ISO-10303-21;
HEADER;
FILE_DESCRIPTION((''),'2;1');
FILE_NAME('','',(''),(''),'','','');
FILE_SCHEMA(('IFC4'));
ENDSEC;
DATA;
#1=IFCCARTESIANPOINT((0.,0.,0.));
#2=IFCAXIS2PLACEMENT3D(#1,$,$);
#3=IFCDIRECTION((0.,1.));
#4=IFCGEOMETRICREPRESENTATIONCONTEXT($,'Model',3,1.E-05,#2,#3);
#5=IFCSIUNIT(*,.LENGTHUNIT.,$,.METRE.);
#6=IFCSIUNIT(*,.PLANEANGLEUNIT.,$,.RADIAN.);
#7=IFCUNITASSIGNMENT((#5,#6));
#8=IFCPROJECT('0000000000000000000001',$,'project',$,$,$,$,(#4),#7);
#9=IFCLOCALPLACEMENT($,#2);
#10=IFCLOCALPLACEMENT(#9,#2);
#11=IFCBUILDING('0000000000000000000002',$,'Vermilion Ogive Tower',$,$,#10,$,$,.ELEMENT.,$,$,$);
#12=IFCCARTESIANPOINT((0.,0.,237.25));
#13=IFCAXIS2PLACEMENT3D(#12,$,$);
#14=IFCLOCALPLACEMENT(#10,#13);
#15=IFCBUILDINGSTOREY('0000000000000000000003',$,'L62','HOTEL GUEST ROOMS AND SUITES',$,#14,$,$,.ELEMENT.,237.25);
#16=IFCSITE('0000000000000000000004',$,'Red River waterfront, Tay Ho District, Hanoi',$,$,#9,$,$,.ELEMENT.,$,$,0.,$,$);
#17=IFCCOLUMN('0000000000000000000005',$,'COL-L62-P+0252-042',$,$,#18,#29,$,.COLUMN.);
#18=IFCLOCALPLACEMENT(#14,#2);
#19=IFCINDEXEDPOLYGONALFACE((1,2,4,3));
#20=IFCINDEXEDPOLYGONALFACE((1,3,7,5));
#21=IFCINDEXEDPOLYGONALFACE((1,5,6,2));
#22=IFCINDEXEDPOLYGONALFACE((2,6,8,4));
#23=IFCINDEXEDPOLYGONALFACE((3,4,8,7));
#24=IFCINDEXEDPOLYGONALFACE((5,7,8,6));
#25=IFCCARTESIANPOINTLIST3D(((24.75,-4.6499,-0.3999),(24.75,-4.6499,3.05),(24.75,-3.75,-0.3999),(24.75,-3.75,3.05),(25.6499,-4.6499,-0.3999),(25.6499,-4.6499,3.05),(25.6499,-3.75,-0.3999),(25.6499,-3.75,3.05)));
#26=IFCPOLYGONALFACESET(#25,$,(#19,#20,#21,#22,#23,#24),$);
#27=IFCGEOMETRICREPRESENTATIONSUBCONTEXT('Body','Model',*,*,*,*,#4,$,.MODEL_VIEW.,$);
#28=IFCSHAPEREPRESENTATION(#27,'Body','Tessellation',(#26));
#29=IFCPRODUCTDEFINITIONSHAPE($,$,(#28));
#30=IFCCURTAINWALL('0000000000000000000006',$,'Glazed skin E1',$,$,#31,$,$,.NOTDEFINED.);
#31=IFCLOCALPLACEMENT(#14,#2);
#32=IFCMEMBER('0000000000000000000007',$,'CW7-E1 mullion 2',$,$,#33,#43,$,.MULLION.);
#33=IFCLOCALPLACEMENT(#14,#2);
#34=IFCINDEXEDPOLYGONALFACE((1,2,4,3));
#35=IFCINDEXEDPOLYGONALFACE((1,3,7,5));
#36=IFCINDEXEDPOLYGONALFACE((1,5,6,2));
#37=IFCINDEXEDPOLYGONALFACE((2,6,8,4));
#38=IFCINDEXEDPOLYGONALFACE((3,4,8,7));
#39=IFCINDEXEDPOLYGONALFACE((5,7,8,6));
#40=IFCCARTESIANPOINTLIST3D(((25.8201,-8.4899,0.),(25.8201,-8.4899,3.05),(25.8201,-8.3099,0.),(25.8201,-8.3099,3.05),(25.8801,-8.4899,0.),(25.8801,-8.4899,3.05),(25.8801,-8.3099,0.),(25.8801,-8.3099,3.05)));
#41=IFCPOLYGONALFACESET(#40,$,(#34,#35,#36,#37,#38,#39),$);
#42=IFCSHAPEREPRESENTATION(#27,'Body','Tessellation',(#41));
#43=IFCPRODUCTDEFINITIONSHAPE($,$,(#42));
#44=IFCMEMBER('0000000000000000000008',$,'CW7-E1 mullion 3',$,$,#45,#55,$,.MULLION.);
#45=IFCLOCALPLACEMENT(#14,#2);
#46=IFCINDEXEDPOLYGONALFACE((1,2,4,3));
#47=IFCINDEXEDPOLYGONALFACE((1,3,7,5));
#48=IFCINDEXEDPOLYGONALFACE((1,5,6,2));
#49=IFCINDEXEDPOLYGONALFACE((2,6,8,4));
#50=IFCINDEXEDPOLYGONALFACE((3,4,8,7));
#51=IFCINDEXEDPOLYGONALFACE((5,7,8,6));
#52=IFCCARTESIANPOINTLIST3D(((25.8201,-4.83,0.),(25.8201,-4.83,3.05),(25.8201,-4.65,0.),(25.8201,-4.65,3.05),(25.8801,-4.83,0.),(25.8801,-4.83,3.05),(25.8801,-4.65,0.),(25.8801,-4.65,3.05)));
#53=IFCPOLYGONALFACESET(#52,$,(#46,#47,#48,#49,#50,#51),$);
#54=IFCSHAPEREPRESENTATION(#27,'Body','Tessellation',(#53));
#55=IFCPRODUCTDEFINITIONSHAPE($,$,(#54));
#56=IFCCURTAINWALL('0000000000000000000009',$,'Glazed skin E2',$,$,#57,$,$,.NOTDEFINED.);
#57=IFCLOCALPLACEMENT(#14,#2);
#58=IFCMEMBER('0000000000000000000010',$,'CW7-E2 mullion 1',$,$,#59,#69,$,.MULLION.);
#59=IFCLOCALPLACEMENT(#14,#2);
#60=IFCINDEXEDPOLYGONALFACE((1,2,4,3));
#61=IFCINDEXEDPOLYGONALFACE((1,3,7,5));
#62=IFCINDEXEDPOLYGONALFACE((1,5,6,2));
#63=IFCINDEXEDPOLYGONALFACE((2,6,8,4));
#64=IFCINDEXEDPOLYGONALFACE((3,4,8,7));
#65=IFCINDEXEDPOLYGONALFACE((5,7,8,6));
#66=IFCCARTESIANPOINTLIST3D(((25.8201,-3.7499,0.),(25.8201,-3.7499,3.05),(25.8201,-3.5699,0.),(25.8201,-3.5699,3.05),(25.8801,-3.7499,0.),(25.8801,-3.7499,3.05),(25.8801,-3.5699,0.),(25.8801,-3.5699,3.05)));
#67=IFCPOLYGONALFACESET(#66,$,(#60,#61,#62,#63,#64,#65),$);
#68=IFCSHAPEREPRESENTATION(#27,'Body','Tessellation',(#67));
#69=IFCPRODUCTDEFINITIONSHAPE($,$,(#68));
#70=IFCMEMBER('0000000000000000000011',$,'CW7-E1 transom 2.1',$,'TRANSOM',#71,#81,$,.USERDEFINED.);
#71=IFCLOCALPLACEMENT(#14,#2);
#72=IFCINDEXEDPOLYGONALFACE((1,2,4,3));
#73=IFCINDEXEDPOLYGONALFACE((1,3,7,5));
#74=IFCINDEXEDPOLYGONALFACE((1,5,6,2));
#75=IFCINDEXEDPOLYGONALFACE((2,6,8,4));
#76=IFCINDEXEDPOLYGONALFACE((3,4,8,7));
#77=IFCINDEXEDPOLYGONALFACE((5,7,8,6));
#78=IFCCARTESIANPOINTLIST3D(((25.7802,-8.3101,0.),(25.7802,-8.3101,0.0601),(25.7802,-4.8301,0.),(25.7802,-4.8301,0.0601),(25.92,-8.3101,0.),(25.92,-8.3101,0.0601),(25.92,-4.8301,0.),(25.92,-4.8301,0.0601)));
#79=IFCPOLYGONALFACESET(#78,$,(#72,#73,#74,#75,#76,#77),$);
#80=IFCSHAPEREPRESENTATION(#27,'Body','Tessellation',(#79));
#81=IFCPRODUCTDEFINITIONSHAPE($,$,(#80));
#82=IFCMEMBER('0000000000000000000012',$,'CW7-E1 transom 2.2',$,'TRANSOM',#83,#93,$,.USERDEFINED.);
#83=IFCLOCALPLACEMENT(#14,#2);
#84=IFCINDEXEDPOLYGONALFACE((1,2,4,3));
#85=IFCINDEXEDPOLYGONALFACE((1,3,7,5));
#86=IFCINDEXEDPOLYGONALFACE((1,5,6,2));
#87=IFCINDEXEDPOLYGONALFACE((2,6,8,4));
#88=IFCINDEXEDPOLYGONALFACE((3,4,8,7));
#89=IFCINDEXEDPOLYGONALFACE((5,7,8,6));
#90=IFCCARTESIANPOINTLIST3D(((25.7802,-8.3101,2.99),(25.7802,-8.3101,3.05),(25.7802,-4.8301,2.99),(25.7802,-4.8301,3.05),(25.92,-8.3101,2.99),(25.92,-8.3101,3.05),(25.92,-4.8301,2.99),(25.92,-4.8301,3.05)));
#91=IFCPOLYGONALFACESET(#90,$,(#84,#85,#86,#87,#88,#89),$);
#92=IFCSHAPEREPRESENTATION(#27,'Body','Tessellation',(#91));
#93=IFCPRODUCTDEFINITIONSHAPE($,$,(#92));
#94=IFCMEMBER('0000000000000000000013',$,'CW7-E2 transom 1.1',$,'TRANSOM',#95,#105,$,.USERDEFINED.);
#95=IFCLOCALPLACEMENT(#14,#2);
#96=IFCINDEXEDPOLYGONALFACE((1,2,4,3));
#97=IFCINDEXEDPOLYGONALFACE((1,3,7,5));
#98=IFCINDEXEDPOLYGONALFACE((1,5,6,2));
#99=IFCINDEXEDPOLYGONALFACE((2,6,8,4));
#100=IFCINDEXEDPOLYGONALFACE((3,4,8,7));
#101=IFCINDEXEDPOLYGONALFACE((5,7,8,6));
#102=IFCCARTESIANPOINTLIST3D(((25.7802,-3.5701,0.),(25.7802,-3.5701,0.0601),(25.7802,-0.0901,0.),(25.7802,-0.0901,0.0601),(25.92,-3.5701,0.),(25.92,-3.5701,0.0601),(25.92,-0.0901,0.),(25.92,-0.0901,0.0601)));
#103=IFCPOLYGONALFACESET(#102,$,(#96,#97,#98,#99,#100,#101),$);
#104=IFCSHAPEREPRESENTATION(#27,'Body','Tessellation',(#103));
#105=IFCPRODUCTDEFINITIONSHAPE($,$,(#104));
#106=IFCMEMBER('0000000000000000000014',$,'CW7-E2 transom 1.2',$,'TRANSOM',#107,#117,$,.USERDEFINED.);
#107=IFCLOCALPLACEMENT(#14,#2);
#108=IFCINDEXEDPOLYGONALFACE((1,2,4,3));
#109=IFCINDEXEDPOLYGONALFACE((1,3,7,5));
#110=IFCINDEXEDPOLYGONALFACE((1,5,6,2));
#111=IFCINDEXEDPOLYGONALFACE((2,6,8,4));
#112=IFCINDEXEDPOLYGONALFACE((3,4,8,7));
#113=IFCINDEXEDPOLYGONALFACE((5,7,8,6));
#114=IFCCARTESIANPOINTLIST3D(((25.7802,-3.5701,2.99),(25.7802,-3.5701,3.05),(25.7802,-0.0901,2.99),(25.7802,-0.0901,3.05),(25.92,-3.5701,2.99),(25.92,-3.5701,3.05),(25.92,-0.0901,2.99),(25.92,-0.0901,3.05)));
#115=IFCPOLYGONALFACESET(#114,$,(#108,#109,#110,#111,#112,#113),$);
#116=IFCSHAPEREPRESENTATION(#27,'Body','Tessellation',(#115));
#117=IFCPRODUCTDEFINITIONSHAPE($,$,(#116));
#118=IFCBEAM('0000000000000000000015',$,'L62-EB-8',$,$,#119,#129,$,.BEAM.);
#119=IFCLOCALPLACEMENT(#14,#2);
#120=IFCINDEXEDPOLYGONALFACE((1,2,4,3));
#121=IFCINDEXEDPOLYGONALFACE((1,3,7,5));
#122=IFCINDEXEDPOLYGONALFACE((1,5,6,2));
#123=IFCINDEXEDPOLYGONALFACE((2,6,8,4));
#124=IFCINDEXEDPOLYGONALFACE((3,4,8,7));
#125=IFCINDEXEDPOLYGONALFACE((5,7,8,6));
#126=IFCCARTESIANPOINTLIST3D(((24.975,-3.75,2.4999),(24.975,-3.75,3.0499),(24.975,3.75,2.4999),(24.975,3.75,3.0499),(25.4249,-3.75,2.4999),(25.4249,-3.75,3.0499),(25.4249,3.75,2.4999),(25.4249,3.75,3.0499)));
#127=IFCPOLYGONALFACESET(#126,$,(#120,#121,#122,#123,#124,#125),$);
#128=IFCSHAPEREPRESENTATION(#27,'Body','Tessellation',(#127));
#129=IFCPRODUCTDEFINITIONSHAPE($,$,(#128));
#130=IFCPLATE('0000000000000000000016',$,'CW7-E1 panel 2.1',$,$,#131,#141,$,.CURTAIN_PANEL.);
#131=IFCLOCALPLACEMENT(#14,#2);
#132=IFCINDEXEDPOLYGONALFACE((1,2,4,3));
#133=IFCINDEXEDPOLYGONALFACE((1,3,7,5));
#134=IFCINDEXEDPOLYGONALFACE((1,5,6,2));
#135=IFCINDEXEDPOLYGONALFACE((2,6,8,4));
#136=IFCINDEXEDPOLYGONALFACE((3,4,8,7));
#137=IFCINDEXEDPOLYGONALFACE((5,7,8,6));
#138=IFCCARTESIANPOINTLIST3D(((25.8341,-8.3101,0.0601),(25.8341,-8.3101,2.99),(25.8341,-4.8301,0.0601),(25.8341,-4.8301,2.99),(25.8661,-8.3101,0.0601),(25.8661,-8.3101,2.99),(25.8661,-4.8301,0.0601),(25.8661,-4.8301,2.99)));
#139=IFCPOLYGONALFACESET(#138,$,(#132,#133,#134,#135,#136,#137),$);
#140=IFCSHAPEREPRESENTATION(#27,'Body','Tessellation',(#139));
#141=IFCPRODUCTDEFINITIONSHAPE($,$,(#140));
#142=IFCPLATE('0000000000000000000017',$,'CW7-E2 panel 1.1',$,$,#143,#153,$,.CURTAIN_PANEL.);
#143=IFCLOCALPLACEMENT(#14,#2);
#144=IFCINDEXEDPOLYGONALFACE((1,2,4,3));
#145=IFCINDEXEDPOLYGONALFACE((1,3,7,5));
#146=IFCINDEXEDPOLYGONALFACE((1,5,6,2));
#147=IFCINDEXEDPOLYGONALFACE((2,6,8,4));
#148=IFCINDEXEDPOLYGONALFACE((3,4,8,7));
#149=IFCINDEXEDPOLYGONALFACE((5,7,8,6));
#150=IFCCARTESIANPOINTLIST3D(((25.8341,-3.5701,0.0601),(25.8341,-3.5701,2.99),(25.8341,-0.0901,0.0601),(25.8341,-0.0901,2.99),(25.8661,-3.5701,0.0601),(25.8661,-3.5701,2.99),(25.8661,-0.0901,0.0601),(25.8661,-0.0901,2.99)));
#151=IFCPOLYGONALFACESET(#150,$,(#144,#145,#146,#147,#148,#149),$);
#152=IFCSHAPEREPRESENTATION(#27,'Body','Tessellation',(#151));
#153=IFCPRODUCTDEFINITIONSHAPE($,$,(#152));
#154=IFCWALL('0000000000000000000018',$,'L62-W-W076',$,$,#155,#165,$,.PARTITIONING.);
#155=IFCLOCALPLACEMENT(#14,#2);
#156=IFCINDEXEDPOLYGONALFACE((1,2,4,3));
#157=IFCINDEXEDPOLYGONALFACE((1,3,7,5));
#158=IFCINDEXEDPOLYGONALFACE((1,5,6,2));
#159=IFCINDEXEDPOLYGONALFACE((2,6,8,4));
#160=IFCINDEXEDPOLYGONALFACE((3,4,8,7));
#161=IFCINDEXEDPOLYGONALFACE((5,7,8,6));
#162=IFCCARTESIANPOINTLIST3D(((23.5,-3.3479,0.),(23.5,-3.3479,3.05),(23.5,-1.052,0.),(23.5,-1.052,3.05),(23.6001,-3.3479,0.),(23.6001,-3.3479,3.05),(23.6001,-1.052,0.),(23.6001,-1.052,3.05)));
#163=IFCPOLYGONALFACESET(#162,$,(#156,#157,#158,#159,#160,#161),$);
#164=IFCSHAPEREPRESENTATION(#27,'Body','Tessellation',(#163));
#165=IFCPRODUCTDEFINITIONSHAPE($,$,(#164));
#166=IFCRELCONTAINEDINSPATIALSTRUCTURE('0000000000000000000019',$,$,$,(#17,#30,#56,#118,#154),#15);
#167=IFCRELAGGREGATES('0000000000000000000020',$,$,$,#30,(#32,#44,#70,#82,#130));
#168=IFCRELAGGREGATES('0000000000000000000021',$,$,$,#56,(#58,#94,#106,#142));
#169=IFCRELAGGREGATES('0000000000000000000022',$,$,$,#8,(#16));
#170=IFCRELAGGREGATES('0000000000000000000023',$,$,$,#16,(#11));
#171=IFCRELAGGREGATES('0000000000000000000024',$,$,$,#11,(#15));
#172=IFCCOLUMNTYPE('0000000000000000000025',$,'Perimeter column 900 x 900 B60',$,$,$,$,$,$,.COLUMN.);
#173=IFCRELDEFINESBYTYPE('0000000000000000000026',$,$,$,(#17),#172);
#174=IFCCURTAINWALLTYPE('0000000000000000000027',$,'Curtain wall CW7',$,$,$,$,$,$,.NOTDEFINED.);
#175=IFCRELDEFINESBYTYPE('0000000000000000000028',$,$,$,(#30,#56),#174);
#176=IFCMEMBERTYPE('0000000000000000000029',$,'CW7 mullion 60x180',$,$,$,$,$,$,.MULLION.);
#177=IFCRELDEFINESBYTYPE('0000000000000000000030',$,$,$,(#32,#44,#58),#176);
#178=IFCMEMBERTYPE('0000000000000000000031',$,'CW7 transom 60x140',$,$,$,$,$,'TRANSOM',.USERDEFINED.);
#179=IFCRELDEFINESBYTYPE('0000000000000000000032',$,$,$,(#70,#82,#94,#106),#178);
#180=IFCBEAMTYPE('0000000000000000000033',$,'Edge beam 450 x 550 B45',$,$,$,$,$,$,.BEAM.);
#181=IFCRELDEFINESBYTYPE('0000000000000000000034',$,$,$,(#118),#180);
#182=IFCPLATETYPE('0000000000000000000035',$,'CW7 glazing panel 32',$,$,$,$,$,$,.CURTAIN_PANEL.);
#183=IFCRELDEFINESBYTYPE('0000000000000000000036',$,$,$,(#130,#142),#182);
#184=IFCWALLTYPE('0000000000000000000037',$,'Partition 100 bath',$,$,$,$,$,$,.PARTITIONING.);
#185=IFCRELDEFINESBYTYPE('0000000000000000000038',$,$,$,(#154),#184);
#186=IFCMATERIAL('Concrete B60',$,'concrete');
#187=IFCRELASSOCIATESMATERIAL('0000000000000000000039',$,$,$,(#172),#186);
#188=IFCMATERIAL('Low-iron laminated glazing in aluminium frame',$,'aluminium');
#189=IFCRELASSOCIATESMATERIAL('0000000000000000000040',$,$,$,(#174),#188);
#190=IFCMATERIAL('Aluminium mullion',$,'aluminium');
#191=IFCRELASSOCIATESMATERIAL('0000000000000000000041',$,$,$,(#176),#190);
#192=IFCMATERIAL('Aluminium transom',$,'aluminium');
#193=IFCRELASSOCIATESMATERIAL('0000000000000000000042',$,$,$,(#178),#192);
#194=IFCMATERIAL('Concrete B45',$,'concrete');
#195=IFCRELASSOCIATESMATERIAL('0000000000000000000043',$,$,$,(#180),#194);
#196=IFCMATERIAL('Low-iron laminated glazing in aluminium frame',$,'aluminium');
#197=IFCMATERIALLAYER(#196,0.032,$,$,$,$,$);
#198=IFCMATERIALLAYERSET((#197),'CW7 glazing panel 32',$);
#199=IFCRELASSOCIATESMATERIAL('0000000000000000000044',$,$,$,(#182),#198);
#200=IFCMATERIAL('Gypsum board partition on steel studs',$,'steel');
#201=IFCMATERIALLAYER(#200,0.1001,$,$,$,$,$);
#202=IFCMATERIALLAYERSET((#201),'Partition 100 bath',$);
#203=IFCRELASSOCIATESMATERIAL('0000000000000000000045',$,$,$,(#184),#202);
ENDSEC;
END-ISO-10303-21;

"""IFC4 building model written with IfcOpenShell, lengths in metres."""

from ifc_helpers import new_model, si_unit, direction, frame, frame_2d, origin, origin_2d, place, context, subcontext, project, spatial, rectangle, extrude, material, layer, layer_set, material_profile, profile_set, type_object, element, aggregate, save


model = new_model("IFC4")

# Units and contexts
model_context = context("Model", 3, precision=1e-05, world=origin(), true_north=direction((0.0, 1.0)))
body_context = subcontext(model_context, "Body", "Model", "MODEL_VIEW")
ifc_project = project(units=[si_unit("LENGTHUNIT", "METRE"), si_unit("PLANEANGLEUNIT", "RADIAN")], contexts=[model_context])

# Site, building, storey
site_placement = place(None, origin())
site = spatial("IfcSite", under=ifc_project, at=site_placement, Name="Red River waterfront, Tay Ho District, Hanoi", CompositionType="ELEMENT", RefElevation=0.0)
building_placement = place(site_placement, origin())
building = spatial("IfcBuilding", under=site, at=building_placement, Name="Vermilion Ogive Tower", CompositionType="ELEMENT")
storey_placement = place(building_placement, frame((0.0, 0.0, 237.25)))
storey = spatial("IfcBuildingStorey", under=building, at=storey_placement, Name="L62", Description="HOTEL GUEST ROOMS AND SUITES", CompositionType="ELEMENT", Elevation=237.25)

# Column
ifc_material_1 = material(Name="Concrete B60", Category="concrete")
ifc_material_profile_1 = material_profile(ifc_material_1, rectangle(XDim=0.8999, YDim=0.8999, at=origin_2d()), Name="900 x 900")
ifc_profile_set_1 = profile_set([ifc_material_profile_1], Name="Concrete B60")
column_type = type_object("IfcColumnType", Name="Perimeter column 900 x 900 B60", PredefinedType="COLUMN", material=ifc_profile_set_1)
column_placement = place(storey_placement, frame((25.2, -4.2, -0.3999), z_axis=(0.0, 0.0, 1.0), x_axis=(1.0, 0.0, 0.0)))
element("IfcColumn", 1, at=column_placement, inside=storey, type_object=column_type, Name="COL-L62-P+0252-042", PredefinedType="COLUMN", context=body_context, shape_type="SweptSolid", body=[
    extrude(rectangle(XDim=0.8999, YDim=0.8999, at=origin_2d()), origin(), (0.0, 0.0, 1.0), 3.45),
])

# Curtain wall, members
ifc_material_2 = material(Name="Low-iron laminated glazing in aluminium frame", Category="aluminium")
curtain_wall_type = type_object("IfcCurtainWallType", Name="Curtain wall CW7", PredefinedType="NOTDEFINED", material=ifc_material_2)
curtain_wall_1_placement = place(storey_placement, origin())
curtain_wall_1 = element("IfcCurtainWall", 2, at=curtain_wall_1_placement, inside=storey, type_object=curtain_wall_type, Name="Glazed skin E1", PredefinedType="NOTDEFINED")
ifc_material_3 = material(Name="Aluminium mullion", Category="aluminium")
ifc_material_profile_2 = material_profile(ifc_material_3, rectangle(XDim=0.0601, YDim=0.1799, at=origin_2d()), Name="AL 60x180")
ifc_profile_set_2 = profile_set([ifc_material_profile_2], Name="Aluminium mullion")
member_type_1 = type_object("IfcMemberType", Name="CW7 mullion 60x180", PredefinedType="MULLION", material=ifc_profile_set_2)
member_1_placement = place(storey_placement, frame((25.8501, -8.3999, 0.0), z_axis=(0.0, 0.0, 1.0), x_axis=(-1.0, 0.0, 0.0)))
member_1 = element("IfcMember", 3, at=member_1_placement, type_object=member_type_1, Name="CW7-E1 mullion 2", PredefinedType="MULLION", context=body_context, shape_type="SweptSolid", body=[
    extrude(rectangle(XDim=0.0601, YDim=0.1799, at=origin_2d()), origin(), (0.0, 0.0, 1.0), 3.05),
])
member_2_placement = place(storey_placement, frame((25.8501, -4.74, 0.0), z_axis=(0.0, 0.0, 1.0), x_axis=(-1.0, 0.0, 0.0)))
member_2 = element("IfcMember", 4, at=member_2_placement, type_object=member_type_1, Name="CW7-E1 mullion 3", PredefinedType="MULLION", context=body_context, shape_type="SweptSolid", body=[
    extrude(rectangle(XDim=0.0601, YDim=0.1799, at=origin_2d()), origin(), (0.0, 0.0, 1.0), 3.05),
])

# Curtain wall, member
curtain_wall_2_placement = place(storey_placement, origin())
curtain_wall_2 = element("IfcCurtainWall", 5, at=curtain_wall_2_placement, inside=storey, type_object=curtain_wall_type, Name="Glazed skin E2", PredefinedType="NOTDEFINED")
member_3_placement = place(storey_placement, frame((25.8501, -3.6599, 0.0), z_axis=(0.0, 0.0, 1.0), x_axis=(-1.0, 0.0, 0.0)))
member_3 = element("IfcMember", 6, at=member_3_placement, type_object=member_type_1, Name="CW7-E2 mullion 1", PredefinedType="MULLION", context=body_context, shape_type="SweptSolid", body=[
    extrude(rectangle(XDim=0.0601, YDim=0.1799, at=origin_2d()), origin(), (0.0, 0.0, 1.0), 3.05),
])

# Members
ifc_material_4 = material(Name="Aluminium transom", Category="aluminium")
ifc_material_profile_3 = material_profile(ifc_material_4, rectangle(XDim=0.1399, YDim=0.0601, at=origin_2d()), Name="AL 60x140")
ifc_profile_set_3 = profile_set([ifc_material_profile_3], Name="Aluminium transom")
member_type_2 = type_object("IfcMemberType", Name="CW7 transom 60x140", ElementType="TRANSOM", PredefinedType="USERDEFINED", material=ifc_profile_set_3)
member_4_placement = place(storey_placement, frame((25.8501, -8.3101, 0.03), z_axis=(0.0, 1.0, 0.0), x_axis=(-1.0, 0.0, 0.0)))
member_4 = element("IfcMember", 7, at=member_4_placement, type_object=member_type_2, Name="CW7-E1 transom 2.1", ObjectType="TRANSOM", PredefinedType="USERDEFINED", context=body_context, shape_type="SweptSolid", body=[
    extrude(rectangle(XDim=0.1399, YDim=0.0601, at=origin_2d()), origin(), (0.0, 0.0, 1.0), 3.48),
])
member_5_placement = place(storey_placement, frame((25.8501, -8.3101, 3.02), z_axis=(0.0, 1.0, 0.0), x_axis=(-1.0, 0.0, 0.0)))
member_5 = element("IfcMember", 8, at=member_5_placement, type_object=member_type_2, Name="CW7-E1 transom 2.2", ObjectType="TRANSOM", PredefinedType="USERDEFINED", context=body_context, shape_type="SweptSolid", body=[
    extrude(rectangle(XDim=0.1399, YDim=0.0601, at=origin_2d()), origin(), (0.0, 0.0, 1.0), 3.48),
])
member_6_placement = place(storey_placement, frame((25.8501, -3.5701, 0.03), z_axis=(0.0, 1.0, 0.0), x_axis=(-1.0, 0.0, 0.0)))
member_6 = element("IfcMember", 9, at=member_6_placement, type_object=member_type_2, Name="CW7-E2 transom 1.1", ObjectType="TRANSOM", PredefinedType="USERDEFINED", context=body_context, shape_type="SweptSolid", body=[
    extrude(rectangle(XDim=0.1399, YDim=0.0601, at=origin_2d()), origin(), (0.0, 0.0, 1.0), 3.48),
])
member_7_placement = place(storey_placement, frame((25.8501, -3.5701, 3.02), z_axis=(0.0, 1.0, 0.0), x_axis=(-1.0, 0.0, 0.0)))
member_7 = element("IfcMember", 10, at=member_7_placement, type_object=member_type_2, Name="CW7-E2 transom 1.2", ObjectType="TRANSOM", PredefinedType="USERDEFINED", context=body_context, shape_type="SweptSolid", body=[
    extrude(rectangle(XDim=0.1399, YDim=0.0601, at=origin_2d()), origin(), (0.0, 0.0, 1.0), 3.48),
])

# Beam
ifc_material_5 = material(Name="Concrete B45", Category="concrete")
ifc_material_profile_4 = material_profile(ifc_material_5, rectangle(XDim=0.45, YDim=0.55, at=origin_2d()), Name="450 x 550")
ifc_profile_set_4 = profile_set([ifc_material_profile_4], Name="Concrete B45")
beam_type = type_object("IfcBeamType", Name="Edge beam 450 x 550 B45", PredefinedType="BEAM", material=ifc_profile_set_4)
beam_placement = place(storey_placement, frame((25.2, -3.75, 2.7749), z_axis=(0.0, 1.0, 0.0), x_axis=(-1.0, 0.0, 0.0)))
element("IfcBeam", 11, at=beam_placement, inside=storey, type_object=beam_type, Name="L62-EB-8", PredefinedType="BEAM", context=body_context, shape_type="SweptSolid", body=[
    extrude(rectangle(XDim=0.45, YDim=0.55, at=origin_2d()), origin(), (0.0, 0.0, 1.0), 7.5),
])

# Plates
ifc_material_6 = material(Name="Low-iron laminated glazing in aluminium frame", Category="aluminium")
ifc_layer_1 = layer(ifc_material_6, 0.032)
ifc_layer_set_1 = layer_set([ifc_layer_1], Name="CW7 glazing panel 32")
plate_type = type_object("IfcPlateType", Name="CW7 glazing panel 32", PredefinedType="CURTAIN_PANEL", material=ifc_layer_set_1)
plate_1_placement = place(storey_placement, frame((25.8501, -6.5701, 0.0601), z_axis=(0.0, 0.0, 1.0), x_axis=(0.0, 1.0, 0.0)))
plate_1 = element("IfcPlate", 12, at=plate_1_placement, type_object=plate_type, Name="CW7-E1 panel 2.1", PredefinedType="CURTAIN_PANEL", context=body_context, shape_type="SweptSolid", body=[
    extrude(rectangle(XDim=3.48, YDim=0.032, at=origin_2d()), origin(), (0.0, 0.0, 1.0), 2.9299),
])
aggregate(curtain_wall_1, [member_1, member_2, member_4, member_5, plate_1])
plate_2_placement = place(storey_placement, frame((25.8501, -1.8301, 0.0601), z_axis=(0.0, 0.0, 1.0), x_axis=(0.0, 1.0, 0.0)))
plate_2 = element("IfcPlate", 13, at=plate_2_placement, type_object=plate_type, Name="CW7-E2 panel 1.1", PredefinedType="CURTAIN_PANEL", context=body_context, shape_type="SweptSolid", body=[
    extrude(rectangle(XDim=3.48, YDim=0.032, at=origin_2d()), origin(), (0.0, 0.0, 1.0), 2.9299),
])
aggregate(curtain_wall_2, [member_3, member_6, member_7, plate_2])

# Wall
ifc_material_7 = material(Name="Gypsum board partition on steel studs", Category="steel")
ifc_layer_2 = layer(ifc_material_7, 0.1001)
ifc_layer_set_2 = layer_set([ifc_layer_2], Name="Partition 100 bath")
wall_type = type_object("IfcWallType", Name="Partition 100 bath", PredefinedType="PARTITIONING", material=ifc_layer_set_2)
wall_placement = place(storey_placement, frame((23.55, -3.3479, 0.0), z_axis=(0.0, 0.0, 1.0), x_axis=(0.0, 1.0, 0.0)))
element("IfcWall", 14, at=wall_placement, inside=storey, type_object=wall_type, Name="L62-W-W076", PredefinedType="PARTITIONING", context=body_context, shape_type="SweptSolid", body=[
    extrude(rectangle(XDim=2.2959, YDim=0.1001, at=frame_2d((1.1479, 0.0))), origin(), (0.0, 0.0, 1.0), 3.05),
])

save(model, "model.ifc")
